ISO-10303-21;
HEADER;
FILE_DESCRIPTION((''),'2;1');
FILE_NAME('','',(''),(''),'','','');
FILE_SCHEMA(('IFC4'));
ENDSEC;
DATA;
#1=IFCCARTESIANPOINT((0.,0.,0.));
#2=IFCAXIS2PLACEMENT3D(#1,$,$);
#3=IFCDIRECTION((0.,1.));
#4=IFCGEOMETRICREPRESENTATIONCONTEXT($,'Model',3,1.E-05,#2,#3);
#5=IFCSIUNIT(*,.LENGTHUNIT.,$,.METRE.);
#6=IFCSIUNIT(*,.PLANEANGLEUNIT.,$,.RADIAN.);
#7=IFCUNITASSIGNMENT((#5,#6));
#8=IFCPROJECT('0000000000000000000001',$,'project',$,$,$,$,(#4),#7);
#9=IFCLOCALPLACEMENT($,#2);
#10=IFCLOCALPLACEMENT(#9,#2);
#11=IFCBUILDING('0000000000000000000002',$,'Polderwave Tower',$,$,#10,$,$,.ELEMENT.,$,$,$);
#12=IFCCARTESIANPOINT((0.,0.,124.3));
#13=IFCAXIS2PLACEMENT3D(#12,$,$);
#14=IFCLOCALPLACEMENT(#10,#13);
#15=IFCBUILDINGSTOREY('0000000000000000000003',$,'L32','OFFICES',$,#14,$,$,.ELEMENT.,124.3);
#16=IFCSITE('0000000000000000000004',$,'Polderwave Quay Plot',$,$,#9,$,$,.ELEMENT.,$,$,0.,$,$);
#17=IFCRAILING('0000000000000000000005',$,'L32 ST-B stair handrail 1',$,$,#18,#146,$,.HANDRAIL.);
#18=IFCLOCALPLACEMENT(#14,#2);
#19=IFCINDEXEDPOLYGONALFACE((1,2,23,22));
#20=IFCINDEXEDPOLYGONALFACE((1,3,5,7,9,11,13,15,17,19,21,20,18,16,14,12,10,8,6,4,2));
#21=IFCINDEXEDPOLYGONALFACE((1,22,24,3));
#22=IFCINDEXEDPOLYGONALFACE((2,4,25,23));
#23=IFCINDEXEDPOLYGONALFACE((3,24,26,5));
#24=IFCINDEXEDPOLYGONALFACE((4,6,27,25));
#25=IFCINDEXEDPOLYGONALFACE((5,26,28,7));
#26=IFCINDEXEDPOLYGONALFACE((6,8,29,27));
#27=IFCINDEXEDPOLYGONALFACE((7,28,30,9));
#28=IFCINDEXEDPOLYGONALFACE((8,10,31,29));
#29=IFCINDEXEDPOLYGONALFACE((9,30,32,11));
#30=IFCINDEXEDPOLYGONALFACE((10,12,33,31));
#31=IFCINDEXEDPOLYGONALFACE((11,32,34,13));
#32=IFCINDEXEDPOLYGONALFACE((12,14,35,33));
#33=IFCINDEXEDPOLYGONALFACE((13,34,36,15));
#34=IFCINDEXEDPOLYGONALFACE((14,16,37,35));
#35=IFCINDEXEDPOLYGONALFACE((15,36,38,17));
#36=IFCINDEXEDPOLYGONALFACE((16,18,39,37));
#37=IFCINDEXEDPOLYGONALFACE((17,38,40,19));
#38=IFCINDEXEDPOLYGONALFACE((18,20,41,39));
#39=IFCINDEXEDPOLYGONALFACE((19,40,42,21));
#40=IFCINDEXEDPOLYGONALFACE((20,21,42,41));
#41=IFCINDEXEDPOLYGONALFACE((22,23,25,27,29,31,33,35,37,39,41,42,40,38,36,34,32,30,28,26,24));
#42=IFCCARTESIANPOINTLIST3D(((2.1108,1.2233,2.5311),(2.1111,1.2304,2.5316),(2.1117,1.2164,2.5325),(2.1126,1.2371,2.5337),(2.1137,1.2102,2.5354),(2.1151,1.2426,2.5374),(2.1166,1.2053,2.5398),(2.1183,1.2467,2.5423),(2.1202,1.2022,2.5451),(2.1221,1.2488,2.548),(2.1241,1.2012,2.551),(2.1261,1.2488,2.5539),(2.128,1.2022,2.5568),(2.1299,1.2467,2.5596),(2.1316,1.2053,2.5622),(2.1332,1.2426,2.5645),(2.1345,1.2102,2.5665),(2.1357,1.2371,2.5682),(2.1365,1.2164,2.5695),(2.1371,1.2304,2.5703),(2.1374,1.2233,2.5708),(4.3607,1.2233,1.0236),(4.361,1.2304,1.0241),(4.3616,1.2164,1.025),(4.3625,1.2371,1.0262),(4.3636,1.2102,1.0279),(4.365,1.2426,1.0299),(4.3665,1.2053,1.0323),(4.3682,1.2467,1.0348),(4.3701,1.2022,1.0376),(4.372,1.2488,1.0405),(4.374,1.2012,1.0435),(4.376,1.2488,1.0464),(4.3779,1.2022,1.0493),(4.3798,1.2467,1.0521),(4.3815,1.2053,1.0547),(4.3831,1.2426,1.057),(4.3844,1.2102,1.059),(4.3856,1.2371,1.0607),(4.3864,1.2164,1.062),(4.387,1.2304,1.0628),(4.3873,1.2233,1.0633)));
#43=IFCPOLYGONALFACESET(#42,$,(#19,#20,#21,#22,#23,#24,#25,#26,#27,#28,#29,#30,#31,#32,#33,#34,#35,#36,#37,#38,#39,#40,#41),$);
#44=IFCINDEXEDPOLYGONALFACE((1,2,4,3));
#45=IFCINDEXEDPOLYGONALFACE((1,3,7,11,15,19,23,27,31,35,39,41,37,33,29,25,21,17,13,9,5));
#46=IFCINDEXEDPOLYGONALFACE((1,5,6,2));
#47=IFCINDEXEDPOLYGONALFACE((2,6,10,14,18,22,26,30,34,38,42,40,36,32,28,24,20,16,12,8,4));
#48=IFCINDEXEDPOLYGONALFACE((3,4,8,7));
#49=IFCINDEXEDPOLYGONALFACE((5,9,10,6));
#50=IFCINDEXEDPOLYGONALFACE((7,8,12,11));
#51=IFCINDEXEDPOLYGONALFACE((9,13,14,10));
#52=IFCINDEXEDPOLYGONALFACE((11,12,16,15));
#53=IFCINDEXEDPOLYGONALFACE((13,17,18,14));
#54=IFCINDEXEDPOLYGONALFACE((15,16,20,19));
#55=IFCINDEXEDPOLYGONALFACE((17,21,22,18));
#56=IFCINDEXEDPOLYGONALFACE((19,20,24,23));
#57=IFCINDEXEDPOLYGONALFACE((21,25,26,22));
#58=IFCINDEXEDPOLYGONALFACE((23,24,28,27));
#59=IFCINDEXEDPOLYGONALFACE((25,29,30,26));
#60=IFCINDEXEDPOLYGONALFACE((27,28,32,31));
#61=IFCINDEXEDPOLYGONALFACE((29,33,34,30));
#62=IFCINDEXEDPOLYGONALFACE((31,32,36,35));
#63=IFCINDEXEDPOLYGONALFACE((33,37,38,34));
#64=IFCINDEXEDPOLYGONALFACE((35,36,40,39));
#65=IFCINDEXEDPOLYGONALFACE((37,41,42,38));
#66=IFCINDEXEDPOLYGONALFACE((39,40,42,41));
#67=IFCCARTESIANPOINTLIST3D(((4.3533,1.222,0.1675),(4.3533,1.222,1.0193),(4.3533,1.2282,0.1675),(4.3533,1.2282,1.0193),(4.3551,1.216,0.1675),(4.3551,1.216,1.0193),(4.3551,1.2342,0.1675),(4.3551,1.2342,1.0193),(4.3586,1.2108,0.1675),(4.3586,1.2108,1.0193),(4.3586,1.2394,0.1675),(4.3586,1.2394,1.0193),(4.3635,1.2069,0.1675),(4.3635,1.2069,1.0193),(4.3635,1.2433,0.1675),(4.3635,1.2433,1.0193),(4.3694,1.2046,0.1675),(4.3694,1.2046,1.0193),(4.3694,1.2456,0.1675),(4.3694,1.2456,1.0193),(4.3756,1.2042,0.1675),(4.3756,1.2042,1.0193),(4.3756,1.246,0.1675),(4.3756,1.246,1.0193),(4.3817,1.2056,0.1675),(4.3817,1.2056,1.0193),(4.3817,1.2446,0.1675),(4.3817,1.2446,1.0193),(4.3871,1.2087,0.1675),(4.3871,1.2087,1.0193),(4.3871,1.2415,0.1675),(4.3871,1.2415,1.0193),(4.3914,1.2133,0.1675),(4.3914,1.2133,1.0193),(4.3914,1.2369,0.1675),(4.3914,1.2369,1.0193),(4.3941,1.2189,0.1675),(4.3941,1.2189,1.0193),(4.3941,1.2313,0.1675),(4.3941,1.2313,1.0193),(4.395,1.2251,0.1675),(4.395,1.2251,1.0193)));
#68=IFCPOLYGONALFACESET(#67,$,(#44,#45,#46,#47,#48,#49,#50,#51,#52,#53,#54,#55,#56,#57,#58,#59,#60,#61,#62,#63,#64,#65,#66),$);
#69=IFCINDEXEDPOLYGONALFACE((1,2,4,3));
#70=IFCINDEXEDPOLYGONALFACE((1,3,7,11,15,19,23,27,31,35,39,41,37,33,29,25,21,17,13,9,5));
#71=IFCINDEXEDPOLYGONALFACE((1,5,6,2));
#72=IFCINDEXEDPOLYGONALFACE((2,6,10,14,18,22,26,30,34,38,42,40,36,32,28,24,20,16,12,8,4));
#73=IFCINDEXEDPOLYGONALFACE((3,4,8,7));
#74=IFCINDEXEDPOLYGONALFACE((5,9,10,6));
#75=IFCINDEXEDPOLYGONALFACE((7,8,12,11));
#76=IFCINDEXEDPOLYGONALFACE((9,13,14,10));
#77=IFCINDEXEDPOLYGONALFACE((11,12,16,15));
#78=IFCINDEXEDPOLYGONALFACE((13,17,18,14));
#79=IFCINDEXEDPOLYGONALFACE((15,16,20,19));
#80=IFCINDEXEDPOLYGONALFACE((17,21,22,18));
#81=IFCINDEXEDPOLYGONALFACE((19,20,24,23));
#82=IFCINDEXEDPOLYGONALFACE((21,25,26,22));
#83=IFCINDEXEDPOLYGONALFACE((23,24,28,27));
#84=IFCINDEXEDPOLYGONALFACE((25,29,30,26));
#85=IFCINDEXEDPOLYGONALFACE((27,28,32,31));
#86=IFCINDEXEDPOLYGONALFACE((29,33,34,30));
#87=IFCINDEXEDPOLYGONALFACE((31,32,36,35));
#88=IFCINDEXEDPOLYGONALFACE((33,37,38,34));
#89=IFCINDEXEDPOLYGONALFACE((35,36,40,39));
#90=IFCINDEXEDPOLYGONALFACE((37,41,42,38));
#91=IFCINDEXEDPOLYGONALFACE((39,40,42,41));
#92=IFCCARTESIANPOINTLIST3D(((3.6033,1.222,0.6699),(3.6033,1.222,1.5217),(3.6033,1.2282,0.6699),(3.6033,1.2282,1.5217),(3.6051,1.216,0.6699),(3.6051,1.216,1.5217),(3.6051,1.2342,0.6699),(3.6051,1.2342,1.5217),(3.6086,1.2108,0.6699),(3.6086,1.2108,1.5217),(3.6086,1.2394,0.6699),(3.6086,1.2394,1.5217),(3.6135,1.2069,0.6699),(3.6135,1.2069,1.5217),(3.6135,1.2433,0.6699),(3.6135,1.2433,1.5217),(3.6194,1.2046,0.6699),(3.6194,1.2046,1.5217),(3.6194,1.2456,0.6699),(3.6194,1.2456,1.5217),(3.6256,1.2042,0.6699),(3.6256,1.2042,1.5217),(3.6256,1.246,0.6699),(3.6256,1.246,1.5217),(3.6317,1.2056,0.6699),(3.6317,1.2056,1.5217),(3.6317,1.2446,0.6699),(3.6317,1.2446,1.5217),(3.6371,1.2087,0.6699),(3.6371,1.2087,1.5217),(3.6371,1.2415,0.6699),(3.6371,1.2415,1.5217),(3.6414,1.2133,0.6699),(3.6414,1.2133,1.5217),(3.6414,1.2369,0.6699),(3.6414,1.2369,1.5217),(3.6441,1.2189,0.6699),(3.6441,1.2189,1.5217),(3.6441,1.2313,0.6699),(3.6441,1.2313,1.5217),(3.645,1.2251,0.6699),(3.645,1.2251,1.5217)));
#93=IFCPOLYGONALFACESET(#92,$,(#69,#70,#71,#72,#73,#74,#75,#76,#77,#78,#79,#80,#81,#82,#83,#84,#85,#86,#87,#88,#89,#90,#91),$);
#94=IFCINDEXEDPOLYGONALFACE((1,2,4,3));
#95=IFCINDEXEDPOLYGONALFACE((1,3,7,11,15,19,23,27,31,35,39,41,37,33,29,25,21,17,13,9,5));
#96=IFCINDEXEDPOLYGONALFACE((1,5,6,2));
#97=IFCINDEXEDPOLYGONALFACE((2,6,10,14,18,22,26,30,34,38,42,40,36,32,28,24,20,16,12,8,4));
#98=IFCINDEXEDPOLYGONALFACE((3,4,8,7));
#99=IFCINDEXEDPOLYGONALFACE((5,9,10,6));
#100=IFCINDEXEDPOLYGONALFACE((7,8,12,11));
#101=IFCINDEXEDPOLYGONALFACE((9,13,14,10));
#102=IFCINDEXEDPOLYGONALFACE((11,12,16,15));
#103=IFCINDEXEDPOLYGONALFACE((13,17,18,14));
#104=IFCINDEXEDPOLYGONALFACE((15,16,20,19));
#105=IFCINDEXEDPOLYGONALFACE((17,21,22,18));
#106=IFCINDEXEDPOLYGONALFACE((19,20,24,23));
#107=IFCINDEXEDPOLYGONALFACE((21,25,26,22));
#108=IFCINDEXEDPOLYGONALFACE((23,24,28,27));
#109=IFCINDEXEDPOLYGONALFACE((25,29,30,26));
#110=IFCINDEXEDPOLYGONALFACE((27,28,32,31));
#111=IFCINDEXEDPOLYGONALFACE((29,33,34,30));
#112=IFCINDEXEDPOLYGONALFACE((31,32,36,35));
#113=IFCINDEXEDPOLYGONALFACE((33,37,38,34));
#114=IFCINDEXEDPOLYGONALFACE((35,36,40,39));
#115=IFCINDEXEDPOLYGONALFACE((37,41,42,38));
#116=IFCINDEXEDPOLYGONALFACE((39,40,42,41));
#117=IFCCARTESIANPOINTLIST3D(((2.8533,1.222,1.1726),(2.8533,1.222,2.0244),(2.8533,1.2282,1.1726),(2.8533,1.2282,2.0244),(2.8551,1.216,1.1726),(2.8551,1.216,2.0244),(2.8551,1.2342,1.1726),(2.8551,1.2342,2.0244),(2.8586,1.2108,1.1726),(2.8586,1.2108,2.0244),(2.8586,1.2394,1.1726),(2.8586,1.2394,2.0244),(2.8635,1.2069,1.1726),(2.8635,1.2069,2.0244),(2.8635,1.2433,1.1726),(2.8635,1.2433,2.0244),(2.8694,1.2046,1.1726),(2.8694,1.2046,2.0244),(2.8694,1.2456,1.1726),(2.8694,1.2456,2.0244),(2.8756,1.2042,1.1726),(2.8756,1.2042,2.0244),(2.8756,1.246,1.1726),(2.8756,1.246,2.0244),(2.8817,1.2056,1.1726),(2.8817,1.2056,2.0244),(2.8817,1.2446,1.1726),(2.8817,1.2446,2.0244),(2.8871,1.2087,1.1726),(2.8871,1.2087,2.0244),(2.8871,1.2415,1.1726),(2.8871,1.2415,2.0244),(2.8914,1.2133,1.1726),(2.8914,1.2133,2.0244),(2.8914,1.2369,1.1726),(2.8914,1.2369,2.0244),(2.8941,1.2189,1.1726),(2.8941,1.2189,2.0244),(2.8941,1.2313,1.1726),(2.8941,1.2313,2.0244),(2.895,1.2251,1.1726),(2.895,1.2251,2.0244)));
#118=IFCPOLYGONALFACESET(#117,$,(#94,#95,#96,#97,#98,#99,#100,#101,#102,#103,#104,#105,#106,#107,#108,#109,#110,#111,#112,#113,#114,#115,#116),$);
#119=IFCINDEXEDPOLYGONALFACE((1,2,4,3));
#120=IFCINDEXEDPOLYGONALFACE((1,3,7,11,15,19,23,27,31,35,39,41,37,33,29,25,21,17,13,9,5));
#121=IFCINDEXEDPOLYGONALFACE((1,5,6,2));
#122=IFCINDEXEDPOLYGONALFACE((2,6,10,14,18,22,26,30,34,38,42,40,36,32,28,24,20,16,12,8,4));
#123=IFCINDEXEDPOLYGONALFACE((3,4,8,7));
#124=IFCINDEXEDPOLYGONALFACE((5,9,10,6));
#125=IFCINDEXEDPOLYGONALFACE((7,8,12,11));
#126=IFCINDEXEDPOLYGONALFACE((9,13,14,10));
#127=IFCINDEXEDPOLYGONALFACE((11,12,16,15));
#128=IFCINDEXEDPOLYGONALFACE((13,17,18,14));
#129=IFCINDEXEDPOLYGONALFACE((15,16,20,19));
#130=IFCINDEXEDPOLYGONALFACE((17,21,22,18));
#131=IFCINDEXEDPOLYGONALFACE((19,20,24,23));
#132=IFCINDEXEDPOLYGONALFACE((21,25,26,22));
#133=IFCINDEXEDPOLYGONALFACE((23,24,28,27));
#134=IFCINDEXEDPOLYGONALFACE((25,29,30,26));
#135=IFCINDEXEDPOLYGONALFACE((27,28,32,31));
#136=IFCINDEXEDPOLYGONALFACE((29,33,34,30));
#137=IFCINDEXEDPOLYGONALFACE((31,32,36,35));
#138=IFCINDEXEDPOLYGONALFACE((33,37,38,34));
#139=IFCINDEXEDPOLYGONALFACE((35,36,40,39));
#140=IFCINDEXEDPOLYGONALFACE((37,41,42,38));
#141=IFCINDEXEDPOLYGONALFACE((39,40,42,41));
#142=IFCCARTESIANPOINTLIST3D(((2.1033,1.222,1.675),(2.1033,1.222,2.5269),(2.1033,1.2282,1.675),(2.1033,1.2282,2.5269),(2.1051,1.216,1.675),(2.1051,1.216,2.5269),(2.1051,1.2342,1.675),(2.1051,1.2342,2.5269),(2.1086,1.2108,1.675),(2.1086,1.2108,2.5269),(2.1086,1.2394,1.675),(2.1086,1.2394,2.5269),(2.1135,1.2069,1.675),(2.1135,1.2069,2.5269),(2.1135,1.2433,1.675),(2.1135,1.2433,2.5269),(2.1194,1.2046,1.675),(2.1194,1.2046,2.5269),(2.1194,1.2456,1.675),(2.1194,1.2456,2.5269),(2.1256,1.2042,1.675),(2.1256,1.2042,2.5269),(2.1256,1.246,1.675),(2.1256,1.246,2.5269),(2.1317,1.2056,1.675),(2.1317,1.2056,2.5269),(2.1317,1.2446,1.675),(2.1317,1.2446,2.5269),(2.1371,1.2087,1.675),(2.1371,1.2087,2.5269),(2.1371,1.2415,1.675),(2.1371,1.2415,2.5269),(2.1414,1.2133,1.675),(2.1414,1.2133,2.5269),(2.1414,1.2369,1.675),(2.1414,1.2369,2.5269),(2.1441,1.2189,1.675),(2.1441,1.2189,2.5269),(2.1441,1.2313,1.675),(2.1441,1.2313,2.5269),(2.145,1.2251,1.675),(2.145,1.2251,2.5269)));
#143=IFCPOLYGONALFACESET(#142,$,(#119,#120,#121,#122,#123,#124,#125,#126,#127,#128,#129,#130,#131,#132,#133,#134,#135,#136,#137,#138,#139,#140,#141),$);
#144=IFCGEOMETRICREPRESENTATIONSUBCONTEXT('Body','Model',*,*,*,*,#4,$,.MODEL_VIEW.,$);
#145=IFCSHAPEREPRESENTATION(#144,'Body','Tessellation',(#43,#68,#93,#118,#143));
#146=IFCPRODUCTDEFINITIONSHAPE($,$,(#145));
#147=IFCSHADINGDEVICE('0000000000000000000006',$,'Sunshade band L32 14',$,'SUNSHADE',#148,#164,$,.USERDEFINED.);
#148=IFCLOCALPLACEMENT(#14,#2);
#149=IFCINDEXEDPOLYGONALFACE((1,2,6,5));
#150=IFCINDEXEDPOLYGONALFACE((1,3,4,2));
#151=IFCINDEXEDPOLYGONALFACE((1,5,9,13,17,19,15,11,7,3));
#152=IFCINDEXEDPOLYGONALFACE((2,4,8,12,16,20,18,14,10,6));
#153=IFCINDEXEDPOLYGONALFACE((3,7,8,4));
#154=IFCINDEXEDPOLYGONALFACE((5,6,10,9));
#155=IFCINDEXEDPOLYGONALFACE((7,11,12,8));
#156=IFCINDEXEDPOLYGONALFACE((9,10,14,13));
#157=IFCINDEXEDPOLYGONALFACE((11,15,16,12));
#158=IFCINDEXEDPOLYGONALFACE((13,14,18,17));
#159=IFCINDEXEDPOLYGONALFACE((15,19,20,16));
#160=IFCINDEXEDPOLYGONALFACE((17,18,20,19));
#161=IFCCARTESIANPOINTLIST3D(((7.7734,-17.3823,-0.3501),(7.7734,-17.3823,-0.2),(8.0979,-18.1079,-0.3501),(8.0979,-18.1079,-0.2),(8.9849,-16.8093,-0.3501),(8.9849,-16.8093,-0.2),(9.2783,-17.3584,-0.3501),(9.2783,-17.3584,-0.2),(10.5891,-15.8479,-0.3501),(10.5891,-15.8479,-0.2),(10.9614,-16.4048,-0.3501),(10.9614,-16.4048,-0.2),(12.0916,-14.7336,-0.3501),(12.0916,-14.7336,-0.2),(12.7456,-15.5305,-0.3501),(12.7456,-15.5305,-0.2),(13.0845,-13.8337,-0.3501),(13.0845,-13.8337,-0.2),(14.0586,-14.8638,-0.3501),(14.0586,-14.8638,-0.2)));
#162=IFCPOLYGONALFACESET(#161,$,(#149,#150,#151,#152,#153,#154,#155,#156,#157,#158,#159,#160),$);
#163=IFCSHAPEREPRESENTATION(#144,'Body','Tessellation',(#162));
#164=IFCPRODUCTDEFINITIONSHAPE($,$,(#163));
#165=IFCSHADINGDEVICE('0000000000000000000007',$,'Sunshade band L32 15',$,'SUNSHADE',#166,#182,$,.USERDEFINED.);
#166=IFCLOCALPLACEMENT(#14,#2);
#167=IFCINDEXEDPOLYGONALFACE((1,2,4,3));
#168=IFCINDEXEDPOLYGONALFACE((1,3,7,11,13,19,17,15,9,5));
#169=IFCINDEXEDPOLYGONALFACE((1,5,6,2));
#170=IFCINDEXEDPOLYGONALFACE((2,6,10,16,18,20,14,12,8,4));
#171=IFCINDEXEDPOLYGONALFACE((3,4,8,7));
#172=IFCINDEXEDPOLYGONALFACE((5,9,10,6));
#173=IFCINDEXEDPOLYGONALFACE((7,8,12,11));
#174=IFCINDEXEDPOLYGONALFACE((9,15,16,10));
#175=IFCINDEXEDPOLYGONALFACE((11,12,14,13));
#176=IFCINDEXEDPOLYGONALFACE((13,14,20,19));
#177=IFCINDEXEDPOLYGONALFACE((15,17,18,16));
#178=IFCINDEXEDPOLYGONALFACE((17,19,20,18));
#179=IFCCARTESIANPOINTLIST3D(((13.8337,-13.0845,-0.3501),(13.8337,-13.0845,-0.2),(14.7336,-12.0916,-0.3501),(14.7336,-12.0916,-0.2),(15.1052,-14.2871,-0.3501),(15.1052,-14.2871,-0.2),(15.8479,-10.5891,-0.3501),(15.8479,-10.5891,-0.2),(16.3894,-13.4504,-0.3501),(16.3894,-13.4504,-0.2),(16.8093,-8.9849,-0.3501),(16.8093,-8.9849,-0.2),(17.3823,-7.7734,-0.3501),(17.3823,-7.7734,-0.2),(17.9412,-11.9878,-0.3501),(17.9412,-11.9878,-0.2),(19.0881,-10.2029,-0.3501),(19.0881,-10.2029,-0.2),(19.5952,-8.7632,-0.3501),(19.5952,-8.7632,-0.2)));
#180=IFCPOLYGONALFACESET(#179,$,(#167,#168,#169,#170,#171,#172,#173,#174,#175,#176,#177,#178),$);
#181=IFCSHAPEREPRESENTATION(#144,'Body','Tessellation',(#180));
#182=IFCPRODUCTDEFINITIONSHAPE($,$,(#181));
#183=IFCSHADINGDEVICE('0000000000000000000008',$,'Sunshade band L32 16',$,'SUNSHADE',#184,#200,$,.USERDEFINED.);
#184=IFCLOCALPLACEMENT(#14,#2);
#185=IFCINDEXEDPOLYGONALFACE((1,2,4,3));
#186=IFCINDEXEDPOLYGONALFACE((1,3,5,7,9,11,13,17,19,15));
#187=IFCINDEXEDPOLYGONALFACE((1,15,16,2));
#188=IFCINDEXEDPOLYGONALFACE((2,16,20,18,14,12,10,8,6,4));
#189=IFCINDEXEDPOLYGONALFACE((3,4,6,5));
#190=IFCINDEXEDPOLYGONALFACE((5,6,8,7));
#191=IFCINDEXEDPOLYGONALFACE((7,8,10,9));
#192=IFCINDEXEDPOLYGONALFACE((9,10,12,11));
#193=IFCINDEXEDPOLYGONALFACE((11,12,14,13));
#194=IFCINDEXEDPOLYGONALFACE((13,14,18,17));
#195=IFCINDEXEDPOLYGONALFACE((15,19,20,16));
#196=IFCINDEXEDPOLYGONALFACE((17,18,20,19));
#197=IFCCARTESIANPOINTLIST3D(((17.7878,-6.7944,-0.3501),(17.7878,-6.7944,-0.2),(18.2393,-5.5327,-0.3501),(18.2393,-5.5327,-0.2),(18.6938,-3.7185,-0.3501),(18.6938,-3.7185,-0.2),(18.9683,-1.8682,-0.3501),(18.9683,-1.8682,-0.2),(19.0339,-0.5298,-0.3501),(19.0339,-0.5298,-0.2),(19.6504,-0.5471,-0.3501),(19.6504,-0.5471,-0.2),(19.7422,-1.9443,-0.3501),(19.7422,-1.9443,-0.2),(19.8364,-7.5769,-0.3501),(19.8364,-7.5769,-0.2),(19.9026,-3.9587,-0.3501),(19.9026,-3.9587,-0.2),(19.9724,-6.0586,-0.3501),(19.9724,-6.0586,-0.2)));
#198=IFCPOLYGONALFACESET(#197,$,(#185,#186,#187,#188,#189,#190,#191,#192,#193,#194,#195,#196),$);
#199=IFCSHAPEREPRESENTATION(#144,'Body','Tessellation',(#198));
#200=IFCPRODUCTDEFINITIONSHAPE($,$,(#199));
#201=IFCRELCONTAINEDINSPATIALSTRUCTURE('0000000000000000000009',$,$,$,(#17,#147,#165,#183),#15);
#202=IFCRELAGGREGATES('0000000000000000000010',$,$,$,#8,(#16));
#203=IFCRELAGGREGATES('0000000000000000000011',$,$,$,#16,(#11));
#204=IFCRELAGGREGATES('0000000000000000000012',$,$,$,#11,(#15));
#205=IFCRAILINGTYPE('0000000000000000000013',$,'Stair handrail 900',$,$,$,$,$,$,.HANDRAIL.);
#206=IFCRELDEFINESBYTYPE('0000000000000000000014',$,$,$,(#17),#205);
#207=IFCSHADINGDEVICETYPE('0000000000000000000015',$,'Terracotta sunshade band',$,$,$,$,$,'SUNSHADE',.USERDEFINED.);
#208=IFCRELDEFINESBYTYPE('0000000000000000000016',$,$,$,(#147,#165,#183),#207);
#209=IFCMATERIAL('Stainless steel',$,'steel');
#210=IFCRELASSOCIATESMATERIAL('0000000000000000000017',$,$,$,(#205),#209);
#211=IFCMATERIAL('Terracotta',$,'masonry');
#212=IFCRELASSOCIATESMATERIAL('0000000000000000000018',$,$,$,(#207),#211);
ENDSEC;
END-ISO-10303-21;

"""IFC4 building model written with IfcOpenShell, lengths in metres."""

from ifc_helpers import new_model, si_unit, direction, frame, origin, origin_2d, place, context, subcontext, project, spatial, polyline, circle, outline, extrude, material, type_object, element, save


model = new_model("IFC4")

# Units and contexts
model_context = context("Model", 3, precision=1e-05, world=origin(), true_north=direction((0.0, 1.0)))
body_context = subcontext(model_context, "Body", "Model", "MODEL_VIEW")
ifc_project = project(units=[si_unit("LENGTHUNIT", "METRE"), si_unit("PLANEANGLEUNIT", "RADIAN")], contexts=[model_context])

# Site, building, storey
site_placement = place(None, origin())
site = spatial("IfcSite", under=ifc_project, at=site_placement, Name="Polderwave Quay Plot", CompositionType="ELEMENT", RefElevation=0.0)
building_placement = place(site_placement, origin())
building = spatial("IfcBuilding", under=site, at=building_placement, Name="Polderwave Tower", CompositionType="ELEMENT")
storey_placement = place(building_placement, frame((0.0, 0.0, 124.3)))
storey = spatial("IfcBuildingStorey", under=building, at=storey_placement, Name="L32", Description="OFFICES", CompositionType="ELEMENT", Elevation=124.3)

# Shared definitions
ifc_material_1 = material(Name="Stainless steel", Category="steel")

# Railing
railing_type_1 = type_object("IfcRailingType", Name="Stair handrail 900", PredefinedType="HANDRAIL", material=ifc_material_1)
railing_1_placement = place(storey_placement, frame((4.374, 1.2251, 0.1675)))
element("IfcRailing", 1, at=railing_1_placement, inside=storey, type_object=railing_type_1, Name="L32 ST-B stair handrail 1", PredefinedType="HANDRAIL", context=body_context, shape_type="SweptSolid", body=[
    extrude(circle(Radius=0.0239, at=origin_2d()), frame((0.0, 0.0, 0.876), z_axis=(-0.830758, 0.0, 0.556633), x_axis=(0.0, -1.0, 0.0)), (0.0, 0.0, 1.0), 2.7083),
    extrude(circle(Radius=0.021, at=origin_2d()), origin(), (0.0, 0.0, 1.0), 0.8518),
    extrude(circle(Radius=0.021, at=origin_2d()), frame((-0.75, 0.0, 0.5024)), (0.0, 0.0, 1.0), 0.8518),
    extrude(circle(Radius=0.021, at=origin_2d()), frame((-1.5, 0.0, 1.0051)), (0.0, 0.0, 1.0), 0.8518),
    extrude(circle(Radius=0.021, at=origin_2d()), frame((-2.25, 0.0, 1.5076)), (0.0, 0.0, 1.0), 0.8518),
])

# Shading devices
ifc_material_2 = material(Name="Terracotta", Category="masonry")
shading_device_type = type_object("IfcShadingDeviceType", Name="Terracotta sunshade band", ElementType="SUNSHADE", PredefinedType="USERDEFINED", material=ifc_material_2)
shading_device_1_placement = place(storey_placement, frame((0.0, 0.0, -0.3501)))
element("IfcShadingDevice", 2, at=shading_device_1_placement, inside=storey, type_object=shading_device_type, Name="Sunshade band L32 14", ObjectType="SUNSHADE", PredefinedType="USERDEFINED", context=body_context, shape_type="SweptSolid", body=[
    extrude(outline(polyline([(7.7734, -17.3823), (8.9849, -16.8093), (10.5891, -15.8479), (12.0916, -14.7336), (13.0845, -13.8337), (14.0586, -14.8638), (12.7456, -15.5305), (10.9614, -16.4048), (9.2783, -17.3584), (8.0979, -18.1079), (7.7734, -17.3823)])), origin(), (0.0, 0.0, 1.0), 0.1501),
])
shading_device_2_placement = place(storey_placement, frame((0.0, 0.0, -0.3501)))
element("IfcShadingDevice", 3, at=shading_device_2_placement, inside=storey, type_object=shading_device_type, Name="Sunshade band L32 15", ObjectType="SUNSHADE", PredefinedType="USERDEFINED", context=body_context, shape_type="SweptSolid", body=[
    extrude(outline(polyline([(13.8337, -13.0845), (14.7336, -12.0916), (15.8479, -10.5891), (16.8093, -8.9849), (17.3823, -7.7734), (19.5952, -8.7632), (19.0881, -10.2029), (17.9412, -11.9878), (16.3894, -13.4504), (15.1052, -14.2871), (13.8337, -13.0845)])), origin(), (0.0, 0.0, 1.0), 0.1501),
])
shading_device_3_placement = place(storey_placement, frame((0.0, 0.0, -0.3501)))
element("IfcShadingDevice", 4, at=shading_device_3_placement, inside=storey, type_object=shading_device_type, Name="Sunshade band L32 16", ObjectType="SUNSHADE", PredefinedType="USERDEFINED", context=body_context, shape_type="SweptSolid", body=[
    extrude(outline(polyline([(17.7878, -6.7944), (18.2393, -5.5327), (18.6938, -3.7185), (18.9683, -1.8682), (19.0339, -0.5298), (19.6504, -0.5471), (19.7422, -1.9443), (19.9026, -3.9587), (19.9724, -6.0586), (19.8364, -7.5769), (17.7878, -6.7944)])), origin(), (0.0, 0.0, 1.0), 0.1501),
])

save(model, "model.ifc")
